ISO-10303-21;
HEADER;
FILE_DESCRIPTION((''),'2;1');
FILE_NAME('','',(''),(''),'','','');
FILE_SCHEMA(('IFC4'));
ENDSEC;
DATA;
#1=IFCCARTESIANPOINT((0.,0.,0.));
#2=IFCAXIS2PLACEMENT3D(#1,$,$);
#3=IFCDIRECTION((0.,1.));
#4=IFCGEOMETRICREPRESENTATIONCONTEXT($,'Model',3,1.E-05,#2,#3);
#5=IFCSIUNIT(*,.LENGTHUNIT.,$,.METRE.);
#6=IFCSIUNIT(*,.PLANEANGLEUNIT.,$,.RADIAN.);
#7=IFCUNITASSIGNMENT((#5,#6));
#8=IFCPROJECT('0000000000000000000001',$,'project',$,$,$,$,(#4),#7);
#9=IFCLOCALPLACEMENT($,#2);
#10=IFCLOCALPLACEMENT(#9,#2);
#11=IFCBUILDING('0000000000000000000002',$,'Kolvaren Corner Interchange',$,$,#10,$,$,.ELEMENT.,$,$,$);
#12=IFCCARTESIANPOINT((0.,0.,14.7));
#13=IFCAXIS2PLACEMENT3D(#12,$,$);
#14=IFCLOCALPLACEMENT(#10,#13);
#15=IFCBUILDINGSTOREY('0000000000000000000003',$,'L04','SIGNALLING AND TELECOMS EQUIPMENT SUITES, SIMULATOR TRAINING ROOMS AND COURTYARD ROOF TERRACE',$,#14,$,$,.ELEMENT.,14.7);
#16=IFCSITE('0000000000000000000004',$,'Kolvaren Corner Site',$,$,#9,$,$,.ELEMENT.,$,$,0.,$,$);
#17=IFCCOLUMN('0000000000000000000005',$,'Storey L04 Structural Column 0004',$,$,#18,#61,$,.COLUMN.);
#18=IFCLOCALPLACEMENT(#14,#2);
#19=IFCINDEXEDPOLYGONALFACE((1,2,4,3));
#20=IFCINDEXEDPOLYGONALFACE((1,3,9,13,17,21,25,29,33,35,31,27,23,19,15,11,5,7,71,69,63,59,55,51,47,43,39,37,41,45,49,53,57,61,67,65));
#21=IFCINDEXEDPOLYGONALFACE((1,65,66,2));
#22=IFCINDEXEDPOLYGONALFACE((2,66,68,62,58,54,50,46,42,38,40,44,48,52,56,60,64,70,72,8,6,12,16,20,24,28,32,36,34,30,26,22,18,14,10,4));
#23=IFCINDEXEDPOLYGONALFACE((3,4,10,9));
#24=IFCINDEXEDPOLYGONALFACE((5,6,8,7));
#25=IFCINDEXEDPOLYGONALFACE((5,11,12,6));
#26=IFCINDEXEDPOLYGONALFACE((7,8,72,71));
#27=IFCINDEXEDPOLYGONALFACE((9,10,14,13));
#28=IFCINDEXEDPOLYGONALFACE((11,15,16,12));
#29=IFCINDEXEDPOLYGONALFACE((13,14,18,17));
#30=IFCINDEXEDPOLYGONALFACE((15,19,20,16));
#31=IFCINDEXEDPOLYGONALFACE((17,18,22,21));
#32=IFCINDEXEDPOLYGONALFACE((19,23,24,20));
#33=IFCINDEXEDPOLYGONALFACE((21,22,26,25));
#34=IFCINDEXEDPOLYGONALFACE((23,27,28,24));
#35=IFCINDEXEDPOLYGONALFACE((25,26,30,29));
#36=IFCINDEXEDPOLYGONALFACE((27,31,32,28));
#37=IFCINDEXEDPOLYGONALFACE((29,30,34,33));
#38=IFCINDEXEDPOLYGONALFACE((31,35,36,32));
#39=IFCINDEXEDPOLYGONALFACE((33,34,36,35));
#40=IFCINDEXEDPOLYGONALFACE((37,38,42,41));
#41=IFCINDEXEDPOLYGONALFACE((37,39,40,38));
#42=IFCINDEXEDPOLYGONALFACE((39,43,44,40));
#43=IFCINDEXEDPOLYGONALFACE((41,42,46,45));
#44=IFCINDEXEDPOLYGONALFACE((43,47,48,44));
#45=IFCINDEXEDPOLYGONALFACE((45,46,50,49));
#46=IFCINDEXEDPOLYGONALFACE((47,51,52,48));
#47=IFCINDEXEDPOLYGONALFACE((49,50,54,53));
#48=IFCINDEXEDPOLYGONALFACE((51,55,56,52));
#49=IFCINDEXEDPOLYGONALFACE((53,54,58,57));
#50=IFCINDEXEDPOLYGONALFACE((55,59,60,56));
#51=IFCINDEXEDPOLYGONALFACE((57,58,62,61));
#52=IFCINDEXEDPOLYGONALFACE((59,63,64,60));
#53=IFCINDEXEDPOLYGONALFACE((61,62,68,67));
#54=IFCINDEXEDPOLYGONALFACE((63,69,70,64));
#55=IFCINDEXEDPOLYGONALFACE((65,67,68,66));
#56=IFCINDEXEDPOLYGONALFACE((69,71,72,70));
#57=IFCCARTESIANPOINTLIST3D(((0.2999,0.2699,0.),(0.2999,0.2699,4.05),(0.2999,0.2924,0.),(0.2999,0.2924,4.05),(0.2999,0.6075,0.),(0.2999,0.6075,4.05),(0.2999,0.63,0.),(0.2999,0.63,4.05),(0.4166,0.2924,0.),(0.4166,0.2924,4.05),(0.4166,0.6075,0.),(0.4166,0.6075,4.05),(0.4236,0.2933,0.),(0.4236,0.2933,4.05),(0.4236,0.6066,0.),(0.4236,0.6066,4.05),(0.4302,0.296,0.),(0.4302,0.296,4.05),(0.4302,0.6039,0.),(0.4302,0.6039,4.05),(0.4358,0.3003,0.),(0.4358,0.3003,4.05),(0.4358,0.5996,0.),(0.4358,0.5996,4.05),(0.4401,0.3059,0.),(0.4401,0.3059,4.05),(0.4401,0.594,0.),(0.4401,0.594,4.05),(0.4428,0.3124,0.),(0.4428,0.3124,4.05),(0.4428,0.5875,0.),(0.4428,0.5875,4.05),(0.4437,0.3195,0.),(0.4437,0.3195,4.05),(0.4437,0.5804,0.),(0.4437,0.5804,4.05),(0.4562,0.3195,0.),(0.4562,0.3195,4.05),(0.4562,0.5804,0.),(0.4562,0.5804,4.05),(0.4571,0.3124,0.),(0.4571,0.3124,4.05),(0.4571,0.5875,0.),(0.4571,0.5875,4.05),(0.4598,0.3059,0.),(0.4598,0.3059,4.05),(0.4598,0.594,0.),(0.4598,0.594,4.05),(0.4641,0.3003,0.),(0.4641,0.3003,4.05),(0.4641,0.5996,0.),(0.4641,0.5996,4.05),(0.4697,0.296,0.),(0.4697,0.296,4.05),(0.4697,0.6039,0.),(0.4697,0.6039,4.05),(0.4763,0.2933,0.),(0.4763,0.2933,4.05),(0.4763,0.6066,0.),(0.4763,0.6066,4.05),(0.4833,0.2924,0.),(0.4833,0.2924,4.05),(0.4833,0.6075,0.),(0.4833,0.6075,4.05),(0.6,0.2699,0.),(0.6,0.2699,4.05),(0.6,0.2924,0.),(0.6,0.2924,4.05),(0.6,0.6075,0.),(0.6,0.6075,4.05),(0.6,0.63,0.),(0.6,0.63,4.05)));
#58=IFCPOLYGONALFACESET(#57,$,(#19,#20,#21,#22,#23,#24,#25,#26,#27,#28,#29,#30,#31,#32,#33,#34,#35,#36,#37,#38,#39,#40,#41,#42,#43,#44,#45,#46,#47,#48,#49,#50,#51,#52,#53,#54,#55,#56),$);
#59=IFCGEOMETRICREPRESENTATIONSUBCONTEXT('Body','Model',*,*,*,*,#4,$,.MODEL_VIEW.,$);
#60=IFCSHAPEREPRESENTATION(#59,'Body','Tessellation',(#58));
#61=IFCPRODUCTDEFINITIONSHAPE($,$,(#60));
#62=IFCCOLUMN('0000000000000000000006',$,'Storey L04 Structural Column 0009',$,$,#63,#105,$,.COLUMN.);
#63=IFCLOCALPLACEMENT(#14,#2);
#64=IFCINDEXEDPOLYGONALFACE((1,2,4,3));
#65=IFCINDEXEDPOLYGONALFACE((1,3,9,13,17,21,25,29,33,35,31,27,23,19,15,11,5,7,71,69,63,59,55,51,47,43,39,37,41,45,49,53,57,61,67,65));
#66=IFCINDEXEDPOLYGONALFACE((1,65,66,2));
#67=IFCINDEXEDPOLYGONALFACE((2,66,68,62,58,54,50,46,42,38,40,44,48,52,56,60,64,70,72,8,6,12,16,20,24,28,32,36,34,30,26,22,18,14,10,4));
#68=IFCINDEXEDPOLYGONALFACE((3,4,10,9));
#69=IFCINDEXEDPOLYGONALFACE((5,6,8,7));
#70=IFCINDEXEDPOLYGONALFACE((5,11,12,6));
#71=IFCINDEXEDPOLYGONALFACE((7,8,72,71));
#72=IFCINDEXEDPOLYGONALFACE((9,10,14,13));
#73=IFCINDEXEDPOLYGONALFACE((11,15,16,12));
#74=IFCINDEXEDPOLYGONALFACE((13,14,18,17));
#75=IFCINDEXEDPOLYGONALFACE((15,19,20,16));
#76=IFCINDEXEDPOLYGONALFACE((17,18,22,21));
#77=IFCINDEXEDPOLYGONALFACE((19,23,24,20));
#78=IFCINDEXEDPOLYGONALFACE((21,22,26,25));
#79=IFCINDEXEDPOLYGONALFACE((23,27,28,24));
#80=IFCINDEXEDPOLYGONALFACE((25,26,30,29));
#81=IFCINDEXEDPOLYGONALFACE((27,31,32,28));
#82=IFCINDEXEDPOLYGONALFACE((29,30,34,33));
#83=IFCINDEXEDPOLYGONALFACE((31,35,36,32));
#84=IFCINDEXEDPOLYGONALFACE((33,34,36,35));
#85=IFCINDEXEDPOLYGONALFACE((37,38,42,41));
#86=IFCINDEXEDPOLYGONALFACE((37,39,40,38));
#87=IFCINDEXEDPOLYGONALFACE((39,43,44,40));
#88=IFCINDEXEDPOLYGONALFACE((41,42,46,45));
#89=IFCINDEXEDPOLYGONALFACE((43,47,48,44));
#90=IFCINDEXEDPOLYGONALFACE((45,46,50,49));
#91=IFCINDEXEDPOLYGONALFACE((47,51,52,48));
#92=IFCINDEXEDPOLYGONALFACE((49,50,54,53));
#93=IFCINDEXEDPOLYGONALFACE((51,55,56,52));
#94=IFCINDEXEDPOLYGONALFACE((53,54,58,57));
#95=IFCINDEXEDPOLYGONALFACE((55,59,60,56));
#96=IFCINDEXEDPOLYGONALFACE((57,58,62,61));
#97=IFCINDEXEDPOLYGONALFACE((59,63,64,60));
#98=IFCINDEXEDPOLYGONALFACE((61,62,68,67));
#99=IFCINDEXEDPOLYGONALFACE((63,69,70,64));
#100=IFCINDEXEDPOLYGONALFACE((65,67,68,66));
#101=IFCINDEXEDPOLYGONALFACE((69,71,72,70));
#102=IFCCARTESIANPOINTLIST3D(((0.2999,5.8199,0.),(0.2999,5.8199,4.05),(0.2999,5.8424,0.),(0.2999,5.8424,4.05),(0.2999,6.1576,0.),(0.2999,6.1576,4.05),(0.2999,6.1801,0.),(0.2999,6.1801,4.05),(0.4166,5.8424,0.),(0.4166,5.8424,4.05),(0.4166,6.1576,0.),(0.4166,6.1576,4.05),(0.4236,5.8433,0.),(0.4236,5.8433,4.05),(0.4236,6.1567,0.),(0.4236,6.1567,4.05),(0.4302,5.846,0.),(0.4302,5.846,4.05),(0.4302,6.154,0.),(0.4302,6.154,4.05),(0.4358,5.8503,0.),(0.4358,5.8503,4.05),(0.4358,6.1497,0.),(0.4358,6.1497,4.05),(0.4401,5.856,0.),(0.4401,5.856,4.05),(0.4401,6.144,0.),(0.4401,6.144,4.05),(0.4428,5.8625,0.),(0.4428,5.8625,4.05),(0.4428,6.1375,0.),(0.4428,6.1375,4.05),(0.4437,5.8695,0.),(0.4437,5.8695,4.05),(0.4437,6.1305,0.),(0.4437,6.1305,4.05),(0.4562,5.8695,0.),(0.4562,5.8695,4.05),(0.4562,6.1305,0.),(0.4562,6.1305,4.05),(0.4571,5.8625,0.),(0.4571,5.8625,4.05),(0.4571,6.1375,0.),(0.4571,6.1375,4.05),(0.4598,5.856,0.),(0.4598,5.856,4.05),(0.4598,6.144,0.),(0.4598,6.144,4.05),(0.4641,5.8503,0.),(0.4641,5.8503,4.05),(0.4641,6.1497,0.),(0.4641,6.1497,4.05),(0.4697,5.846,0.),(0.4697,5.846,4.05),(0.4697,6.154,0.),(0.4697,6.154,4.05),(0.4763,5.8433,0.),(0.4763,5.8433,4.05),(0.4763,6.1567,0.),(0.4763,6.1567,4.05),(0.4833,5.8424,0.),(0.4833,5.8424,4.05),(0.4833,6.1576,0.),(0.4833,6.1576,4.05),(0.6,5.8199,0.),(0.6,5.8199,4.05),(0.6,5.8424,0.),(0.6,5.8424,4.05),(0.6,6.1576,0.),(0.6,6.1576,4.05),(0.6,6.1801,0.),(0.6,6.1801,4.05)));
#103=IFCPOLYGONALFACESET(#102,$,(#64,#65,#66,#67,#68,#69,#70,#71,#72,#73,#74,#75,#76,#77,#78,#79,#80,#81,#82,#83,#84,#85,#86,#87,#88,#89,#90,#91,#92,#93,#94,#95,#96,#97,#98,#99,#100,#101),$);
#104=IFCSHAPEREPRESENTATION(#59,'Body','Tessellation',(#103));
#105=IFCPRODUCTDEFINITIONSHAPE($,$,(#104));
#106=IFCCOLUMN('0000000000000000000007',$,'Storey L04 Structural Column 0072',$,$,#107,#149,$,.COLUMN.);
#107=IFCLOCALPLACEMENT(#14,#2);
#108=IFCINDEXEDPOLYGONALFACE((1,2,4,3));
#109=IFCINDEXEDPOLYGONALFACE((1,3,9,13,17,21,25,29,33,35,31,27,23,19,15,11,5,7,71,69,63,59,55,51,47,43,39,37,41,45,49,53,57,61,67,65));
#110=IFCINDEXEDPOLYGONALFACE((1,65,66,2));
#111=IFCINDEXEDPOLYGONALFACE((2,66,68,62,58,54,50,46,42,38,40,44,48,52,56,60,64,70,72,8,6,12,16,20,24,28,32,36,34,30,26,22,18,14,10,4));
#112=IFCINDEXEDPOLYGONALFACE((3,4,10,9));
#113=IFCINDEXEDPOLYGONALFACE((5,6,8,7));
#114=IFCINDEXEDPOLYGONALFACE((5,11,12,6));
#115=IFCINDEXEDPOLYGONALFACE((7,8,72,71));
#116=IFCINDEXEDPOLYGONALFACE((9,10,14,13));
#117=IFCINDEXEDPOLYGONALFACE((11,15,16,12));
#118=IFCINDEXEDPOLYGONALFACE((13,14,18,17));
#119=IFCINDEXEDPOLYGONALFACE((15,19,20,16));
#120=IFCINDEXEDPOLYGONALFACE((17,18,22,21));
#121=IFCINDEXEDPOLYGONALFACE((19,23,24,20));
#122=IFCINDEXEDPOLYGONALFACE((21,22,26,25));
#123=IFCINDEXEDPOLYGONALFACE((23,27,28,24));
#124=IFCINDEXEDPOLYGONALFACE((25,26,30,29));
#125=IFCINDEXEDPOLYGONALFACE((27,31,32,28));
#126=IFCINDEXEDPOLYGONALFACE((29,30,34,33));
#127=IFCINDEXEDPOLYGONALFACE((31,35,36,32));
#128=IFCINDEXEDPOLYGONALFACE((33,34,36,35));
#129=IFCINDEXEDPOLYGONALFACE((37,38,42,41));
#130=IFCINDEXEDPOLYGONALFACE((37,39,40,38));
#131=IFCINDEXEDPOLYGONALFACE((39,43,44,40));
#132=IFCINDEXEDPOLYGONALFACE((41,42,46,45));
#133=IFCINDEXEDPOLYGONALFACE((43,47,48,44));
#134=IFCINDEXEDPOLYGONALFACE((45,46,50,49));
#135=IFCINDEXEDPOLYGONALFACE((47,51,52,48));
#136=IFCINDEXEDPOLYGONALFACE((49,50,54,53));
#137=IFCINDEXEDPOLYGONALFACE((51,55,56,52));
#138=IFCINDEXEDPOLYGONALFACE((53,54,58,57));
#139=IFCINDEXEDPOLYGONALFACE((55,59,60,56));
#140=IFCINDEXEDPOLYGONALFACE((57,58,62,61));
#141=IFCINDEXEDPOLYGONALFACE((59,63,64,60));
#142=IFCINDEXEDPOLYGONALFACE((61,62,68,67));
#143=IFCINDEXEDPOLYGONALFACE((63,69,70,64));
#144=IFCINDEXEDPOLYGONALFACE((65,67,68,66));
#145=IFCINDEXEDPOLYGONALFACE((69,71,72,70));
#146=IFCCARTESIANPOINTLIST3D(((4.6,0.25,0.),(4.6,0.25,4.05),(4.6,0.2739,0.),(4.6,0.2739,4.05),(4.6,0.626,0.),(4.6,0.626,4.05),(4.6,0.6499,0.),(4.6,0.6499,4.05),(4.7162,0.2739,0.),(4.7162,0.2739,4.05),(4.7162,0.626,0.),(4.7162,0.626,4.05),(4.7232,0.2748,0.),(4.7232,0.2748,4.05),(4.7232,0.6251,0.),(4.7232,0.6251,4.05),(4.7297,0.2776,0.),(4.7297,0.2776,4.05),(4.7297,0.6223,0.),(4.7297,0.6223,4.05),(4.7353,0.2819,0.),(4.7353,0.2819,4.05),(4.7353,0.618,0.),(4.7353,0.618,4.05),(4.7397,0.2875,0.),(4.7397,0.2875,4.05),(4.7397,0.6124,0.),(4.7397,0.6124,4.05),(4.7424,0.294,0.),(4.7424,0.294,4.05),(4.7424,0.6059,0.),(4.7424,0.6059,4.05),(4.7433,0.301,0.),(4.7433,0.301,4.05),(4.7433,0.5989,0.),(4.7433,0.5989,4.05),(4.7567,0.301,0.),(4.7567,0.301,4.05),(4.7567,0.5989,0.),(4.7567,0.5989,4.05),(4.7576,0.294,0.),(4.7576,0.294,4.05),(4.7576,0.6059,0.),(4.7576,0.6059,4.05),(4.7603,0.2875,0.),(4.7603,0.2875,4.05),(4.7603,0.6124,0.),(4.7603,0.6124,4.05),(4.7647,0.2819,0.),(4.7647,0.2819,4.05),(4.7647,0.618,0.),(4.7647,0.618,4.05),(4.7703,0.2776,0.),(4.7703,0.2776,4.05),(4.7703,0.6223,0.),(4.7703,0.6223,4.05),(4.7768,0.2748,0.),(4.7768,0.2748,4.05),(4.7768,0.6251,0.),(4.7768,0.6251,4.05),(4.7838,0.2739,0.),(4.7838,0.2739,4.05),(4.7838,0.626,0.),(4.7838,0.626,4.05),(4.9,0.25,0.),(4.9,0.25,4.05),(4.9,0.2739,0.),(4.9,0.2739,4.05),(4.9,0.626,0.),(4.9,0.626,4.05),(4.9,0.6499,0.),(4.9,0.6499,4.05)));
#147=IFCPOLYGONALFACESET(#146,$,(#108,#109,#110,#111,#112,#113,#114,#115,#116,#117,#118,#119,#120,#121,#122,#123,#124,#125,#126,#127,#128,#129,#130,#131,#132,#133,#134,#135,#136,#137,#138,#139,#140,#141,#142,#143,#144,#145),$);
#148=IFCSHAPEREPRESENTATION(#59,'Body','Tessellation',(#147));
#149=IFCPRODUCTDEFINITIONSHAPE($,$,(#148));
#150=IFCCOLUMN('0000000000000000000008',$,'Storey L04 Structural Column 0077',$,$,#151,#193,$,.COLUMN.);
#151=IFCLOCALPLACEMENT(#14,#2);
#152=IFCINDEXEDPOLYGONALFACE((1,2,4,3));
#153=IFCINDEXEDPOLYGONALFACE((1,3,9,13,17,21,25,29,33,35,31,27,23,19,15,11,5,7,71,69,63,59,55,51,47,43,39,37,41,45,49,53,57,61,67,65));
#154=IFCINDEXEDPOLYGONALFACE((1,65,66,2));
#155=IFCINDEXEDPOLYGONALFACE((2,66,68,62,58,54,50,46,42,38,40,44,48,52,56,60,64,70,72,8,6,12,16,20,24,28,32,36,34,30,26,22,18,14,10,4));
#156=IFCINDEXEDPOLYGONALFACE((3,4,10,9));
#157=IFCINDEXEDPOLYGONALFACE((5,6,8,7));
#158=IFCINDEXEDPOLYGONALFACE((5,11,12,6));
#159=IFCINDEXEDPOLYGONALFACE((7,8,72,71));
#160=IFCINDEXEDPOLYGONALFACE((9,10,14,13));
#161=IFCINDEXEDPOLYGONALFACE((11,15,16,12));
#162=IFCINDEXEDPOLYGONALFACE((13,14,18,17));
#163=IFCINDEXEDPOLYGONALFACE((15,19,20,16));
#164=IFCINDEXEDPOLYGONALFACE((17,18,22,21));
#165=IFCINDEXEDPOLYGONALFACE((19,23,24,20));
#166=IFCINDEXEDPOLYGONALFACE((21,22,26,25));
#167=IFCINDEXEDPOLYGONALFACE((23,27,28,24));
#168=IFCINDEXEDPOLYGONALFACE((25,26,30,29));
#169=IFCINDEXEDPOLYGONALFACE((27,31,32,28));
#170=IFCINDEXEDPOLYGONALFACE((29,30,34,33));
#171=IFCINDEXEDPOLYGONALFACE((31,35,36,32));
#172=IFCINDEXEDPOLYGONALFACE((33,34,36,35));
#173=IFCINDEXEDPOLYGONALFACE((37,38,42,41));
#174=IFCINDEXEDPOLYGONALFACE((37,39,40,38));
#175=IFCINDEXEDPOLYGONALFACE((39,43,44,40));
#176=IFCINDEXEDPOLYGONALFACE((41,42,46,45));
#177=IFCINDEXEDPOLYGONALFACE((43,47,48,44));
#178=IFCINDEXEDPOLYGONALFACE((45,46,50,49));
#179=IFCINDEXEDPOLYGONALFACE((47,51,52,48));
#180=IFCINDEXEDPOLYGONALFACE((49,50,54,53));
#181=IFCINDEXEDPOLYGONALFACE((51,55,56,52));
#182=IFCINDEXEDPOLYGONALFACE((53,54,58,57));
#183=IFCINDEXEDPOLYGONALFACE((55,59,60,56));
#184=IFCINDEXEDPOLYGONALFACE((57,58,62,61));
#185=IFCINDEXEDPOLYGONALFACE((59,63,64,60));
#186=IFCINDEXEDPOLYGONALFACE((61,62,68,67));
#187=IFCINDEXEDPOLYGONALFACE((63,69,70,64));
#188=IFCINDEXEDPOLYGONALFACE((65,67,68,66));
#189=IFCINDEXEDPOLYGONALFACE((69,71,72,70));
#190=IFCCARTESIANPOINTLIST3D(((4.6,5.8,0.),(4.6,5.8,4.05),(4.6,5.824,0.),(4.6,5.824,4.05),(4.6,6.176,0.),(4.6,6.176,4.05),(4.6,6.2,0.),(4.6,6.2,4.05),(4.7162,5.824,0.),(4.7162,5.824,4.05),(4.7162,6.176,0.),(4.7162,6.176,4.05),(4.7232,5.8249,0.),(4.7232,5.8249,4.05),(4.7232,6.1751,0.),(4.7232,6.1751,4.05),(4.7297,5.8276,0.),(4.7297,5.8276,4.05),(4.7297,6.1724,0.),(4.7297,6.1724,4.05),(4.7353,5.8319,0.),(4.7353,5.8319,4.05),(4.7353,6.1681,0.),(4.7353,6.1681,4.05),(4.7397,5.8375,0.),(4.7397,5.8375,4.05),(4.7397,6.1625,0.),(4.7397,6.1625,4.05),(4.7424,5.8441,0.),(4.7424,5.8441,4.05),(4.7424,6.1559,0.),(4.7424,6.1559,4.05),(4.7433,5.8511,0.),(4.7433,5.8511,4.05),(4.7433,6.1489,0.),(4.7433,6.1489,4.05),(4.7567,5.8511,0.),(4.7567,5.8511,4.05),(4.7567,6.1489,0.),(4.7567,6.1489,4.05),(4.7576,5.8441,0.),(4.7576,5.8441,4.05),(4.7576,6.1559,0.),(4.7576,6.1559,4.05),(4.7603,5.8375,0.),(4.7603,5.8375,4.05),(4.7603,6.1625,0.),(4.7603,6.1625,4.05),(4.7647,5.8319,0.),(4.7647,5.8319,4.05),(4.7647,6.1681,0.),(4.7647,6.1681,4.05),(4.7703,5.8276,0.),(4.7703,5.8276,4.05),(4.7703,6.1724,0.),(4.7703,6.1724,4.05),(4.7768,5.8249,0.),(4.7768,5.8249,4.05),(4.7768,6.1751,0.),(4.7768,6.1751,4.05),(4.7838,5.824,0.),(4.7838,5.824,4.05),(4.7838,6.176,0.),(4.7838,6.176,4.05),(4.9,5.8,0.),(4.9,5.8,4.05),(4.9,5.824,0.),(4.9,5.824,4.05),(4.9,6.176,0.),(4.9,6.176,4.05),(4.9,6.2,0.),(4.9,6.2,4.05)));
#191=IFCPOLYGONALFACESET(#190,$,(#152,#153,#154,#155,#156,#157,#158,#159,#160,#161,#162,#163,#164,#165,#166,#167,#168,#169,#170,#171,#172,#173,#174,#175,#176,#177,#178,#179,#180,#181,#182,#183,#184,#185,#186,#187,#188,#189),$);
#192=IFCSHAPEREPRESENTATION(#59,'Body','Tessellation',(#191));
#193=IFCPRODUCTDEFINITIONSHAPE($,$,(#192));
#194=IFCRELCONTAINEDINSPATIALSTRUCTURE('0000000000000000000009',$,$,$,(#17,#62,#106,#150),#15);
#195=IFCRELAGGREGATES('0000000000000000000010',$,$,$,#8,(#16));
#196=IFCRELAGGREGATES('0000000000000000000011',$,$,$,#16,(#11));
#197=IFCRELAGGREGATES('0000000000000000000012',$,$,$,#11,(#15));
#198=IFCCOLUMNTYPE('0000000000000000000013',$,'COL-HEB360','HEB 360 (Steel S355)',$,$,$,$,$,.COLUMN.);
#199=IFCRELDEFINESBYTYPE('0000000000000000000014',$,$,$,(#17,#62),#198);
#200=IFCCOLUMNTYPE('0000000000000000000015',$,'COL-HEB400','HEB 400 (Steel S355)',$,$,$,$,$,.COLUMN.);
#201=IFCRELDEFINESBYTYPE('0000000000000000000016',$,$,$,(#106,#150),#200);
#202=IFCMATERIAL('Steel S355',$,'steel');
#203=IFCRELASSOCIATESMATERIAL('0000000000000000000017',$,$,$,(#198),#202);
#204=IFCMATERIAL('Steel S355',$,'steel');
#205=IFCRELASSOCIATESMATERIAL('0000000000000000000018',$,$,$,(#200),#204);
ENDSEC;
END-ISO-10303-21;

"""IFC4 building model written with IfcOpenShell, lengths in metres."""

from ifc_helpers import new_model, si_unit, direction, frame, origin, origin_2d, place, context, subcontext, project, spatial, i_section, extrude, material, material_profile, profile_set, type_object, element, save


model = new_model("IFC4")

# Units and contexts
model_context = context("Model", 3, precision=1e-05, world=origin(), true_north=direction((0.0, 1.0)))
body_context = subcontext(model_context, "Body", "Model", "MODEL_VIEW")
ifc_project = project(units=[si_unit("LENGTHUNIT", "METRE"), si_unit("PLANEANGLEUNIT", "RADIAN")], contexts=[model_context])

# Site, building, storey
site_placement = place(None, origin())
site = spatial("IfcSite", under=ifc_project, at=site_placement, Name="Kolvaren Corner Site", CompositionType="ELEMENT", RefElevation=0.0)
building_placement = place(site_placement, origin())
building = spatial("IfcBuilding", under=site, at=building_placement, Name="Kolvaren Corner Interchange", CompositionType="ELEMENT")
storey_placement = place(building_placement, frame((0.0, 0.0, 14.7)))
storey = spatial("IfcBuildingStorey", under=building, at=storey_placement, Name="L04", Description="SIGNALLING AND TELECOMS EQUIPMENT SUITES, SIMULATOR TRAINING ROOMS AND COURTYARD ROOF TERRACE", CompositionType="ELEMENT", Elevation=14.7)

# Columns
ifc_material_1 = material(Name="Steel S355", Category="steel")
ifc_material_profile_1 = material_profile(ifc_material_1, i_section(OverallWidth=0.3, OverallDepth=0.3601, WebThickness=0.0125, FlangeThickness=0.0225, FilletRadius=0.0271, at=origin_2d()), Name="HEB 360")
ifc_profile_set_1 = profile_set([ifc_material_profile_1], Name="Steel S355")
column_type_1 = type_object("IfcColumnType", Name="COL-HEB360", Description="HEB 360 (Steel S355)", PredefinedType="COLUMN", material=ifc_profile_set_1)
for number, where, z_axis, x_axis, name in (
    (1, (0.45, 0.45, 0.0), (0.0, 0.0, 1.0), (1.0, 0.0, 0.0), "Storey L04 Structural Column 0004"),
    (2, (0.45, 6.0, 0.0), (0.0, 0.0, 1.0), (1.0, 0.0, 0.0), "Storey L04 Structural Column 0009"),
):
    element("IfcColumn", number, at=place(storey_placement, frame(where, z_axis=z_axis, x_axis=x_axis)), inside=storey, type_object=column_type_1, Name=name, PredefinedType="COLUMN", context=body_context, shape_type="SweptSolid", body=[
        extrude(i_section(OverallWidth=0.3, OverallDepth=0.3601, WebThickness=0.0125, FlangeThickness=0.0225, FilletRadius=0.0271, at=origin_2d()), origin(), (0.0, 0.0, 1.0), 4.05),
    ])
ifc_material_2 = material(Name="Steel S355", Category="steel")
ifc_material_profile_2 = material_profile(ifc_material_2, i_section(OverallWidth=0.3, OverallDepth=0.3999, WebThickness=0.0134, FlangeThickness=0.0239, FilletRadius=0.0271, at=origin_2d()), Name="HEB 400")
ifc_profile_set_2 = profile_set([ifc_material_profile_2], Name="Steel S355")
column_type_2 = type_object("IfcColumnType", Name="COL-HEB400", Description="HEB 400 (Steel S355)", PredefinedType="COLUMN", material=ifc_profile_set_2)
for number, where, z_axis, x_axis, name in (
    (3, (4.75, 0.45, 0.0), (0.0, 0.0, 1.0), (1.0, 0.0, 0.0), "Storey L04 Structural Column 0072"),
    (4, (4.75, 6.0, 0.0), (0.0, 0.0, 1.0), (1.0, 0.0, 0.0), "Storey L04 Structural Column 0077"),
):
    element("IfcColumn", number, at=place(storey_placement, frame(where, z_axis=z_axis, x_axis=x_axis)), inside=storey, type_object=column_type_2, Name=name, PredefinedType="COLUMN", context=body_context, shape_type="SweptSolid", body=[
        extrude(i_section(OverallWidth=0.3, OverallDepth=0.3999, WebThickness=0.0134, FlangeThickness=0.0239, FilletRadius=0.0271, at=origin_2d()), origin(), (0.0, 0.0, 1.0), 4.05),
    ])

save(model, "model.ifc")
